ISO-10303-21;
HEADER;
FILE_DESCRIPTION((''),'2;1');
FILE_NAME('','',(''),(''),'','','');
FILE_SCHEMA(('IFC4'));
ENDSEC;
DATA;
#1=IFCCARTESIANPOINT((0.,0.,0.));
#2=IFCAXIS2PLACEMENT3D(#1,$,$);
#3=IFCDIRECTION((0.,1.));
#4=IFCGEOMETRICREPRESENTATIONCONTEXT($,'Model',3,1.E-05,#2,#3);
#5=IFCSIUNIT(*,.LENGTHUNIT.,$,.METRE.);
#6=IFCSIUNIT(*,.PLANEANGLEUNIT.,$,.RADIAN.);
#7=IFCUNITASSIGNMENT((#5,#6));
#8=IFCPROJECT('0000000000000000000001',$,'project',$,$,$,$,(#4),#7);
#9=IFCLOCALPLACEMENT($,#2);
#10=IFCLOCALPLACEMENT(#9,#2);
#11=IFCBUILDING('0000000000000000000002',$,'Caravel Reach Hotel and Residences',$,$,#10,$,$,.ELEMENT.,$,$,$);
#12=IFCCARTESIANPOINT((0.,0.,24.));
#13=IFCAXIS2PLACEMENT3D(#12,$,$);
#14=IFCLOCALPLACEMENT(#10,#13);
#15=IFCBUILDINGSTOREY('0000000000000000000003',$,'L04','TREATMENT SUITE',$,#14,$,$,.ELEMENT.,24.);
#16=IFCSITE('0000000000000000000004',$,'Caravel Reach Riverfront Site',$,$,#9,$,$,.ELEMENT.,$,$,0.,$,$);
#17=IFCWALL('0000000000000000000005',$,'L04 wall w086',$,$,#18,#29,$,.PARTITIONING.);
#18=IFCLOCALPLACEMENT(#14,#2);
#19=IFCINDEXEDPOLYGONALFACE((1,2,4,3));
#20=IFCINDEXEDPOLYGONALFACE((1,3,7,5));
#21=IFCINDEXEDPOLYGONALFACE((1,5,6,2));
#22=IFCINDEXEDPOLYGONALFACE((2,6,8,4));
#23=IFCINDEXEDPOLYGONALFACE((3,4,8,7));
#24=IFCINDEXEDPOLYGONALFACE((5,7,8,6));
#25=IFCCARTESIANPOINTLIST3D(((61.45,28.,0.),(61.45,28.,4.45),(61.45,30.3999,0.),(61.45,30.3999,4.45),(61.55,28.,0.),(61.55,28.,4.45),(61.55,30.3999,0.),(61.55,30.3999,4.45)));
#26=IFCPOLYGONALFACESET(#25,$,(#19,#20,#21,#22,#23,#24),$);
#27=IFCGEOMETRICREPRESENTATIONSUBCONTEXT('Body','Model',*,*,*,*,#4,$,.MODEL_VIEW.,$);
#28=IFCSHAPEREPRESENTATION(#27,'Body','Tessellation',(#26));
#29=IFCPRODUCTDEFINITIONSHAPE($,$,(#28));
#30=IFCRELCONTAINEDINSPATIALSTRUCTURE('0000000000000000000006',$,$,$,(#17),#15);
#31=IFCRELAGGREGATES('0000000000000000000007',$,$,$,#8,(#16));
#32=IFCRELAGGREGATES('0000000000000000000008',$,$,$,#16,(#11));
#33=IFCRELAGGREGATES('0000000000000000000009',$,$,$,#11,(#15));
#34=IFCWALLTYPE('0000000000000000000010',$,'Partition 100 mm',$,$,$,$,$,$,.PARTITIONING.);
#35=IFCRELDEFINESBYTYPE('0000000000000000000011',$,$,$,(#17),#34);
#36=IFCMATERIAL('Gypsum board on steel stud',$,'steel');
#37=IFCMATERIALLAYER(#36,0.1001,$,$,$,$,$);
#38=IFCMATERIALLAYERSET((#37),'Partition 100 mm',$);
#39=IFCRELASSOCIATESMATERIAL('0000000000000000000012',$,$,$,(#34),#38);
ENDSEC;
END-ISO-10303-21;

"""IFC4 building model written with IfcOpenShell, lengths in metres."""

from ifc_helpers import new_model, si_unit, direction, frame, frame_2d, origin, place, context, subcontext, project, spatial, rectangle, extrude, material, layer, layer_set, type_object, element, save


model = new_model("IFC4")

# Units and contexts
model_context = context("Model", 3, precision=1e-05, world=origin(), true_north=direction((0.0, 1.0)))
body_context = subcontext(model_context, "Body", "Model", "MODEL_VIEW")
ifc_project = project(units=[si_unit("LENGTHUNIT", "METRE"), si_unit("PLANEANGLEUNIT", "RADIAN")], contexts=[model_context])

# Site, building, storey
site_placement = place(None, origin())
site = spatial("IfcSite", under=ifc_project, at=site_placement, Name="Caravel Reach Riverfront Site", CompositionType="ELEMENT", RefElevation=0.0)
building_placement = place(site_placement, origin())
building = spatial("IfcBuilding", under=site, at=building_placement, Name="Caravel Reach Hotel and Residences", CompositionType="ELEMENT")
storey_placement = place(building_placement, frame((0.0, 0.0, 24.0)))
storey = spatial("IfcBuildingStorey", under=building, at=storey_placement, Name="L04", Description="TREATMENT SUITE", CompositionType="ELEMENT", Elevation=24.0)

# Wall
ifc_material_1 = material(Name="Gypsum board on steel stud", Category="steel")
ifc_layer_1 = layer(ifc_material_1, 0.1001)
ifc_layer_set_1 = layer_set([ifc_layer_1], Name="Partition 100 mm")
wall_type_1 = type_object("IfcWallType", Name="Partition 100 mm", PredefinedType="PARTITIONING", material=ifc_layer_set_1)
wall_1_placement = place(storey_placement, frame((61.5, 28.0, 0.0), z_axis=(0.0, 0.0, 1.0), x_axis=(0.0, 1.0, 0.0)))
element("IfcWall", 1, at=wall_1_placement, inside=storey, type_object=wall_type_1, Name="L04 wall w086", PredefinedType="PARTITIONING", context=body_context, shape_type="SweptSolid", body=[
    extrude(rectangle(XDim=2.3999, YDim=0.1001, at=frame_2d((1.2, 0.0))), origin(), (0.0, 0.0, 1.0), 4.45),
])

save(model, "model.ifc")
